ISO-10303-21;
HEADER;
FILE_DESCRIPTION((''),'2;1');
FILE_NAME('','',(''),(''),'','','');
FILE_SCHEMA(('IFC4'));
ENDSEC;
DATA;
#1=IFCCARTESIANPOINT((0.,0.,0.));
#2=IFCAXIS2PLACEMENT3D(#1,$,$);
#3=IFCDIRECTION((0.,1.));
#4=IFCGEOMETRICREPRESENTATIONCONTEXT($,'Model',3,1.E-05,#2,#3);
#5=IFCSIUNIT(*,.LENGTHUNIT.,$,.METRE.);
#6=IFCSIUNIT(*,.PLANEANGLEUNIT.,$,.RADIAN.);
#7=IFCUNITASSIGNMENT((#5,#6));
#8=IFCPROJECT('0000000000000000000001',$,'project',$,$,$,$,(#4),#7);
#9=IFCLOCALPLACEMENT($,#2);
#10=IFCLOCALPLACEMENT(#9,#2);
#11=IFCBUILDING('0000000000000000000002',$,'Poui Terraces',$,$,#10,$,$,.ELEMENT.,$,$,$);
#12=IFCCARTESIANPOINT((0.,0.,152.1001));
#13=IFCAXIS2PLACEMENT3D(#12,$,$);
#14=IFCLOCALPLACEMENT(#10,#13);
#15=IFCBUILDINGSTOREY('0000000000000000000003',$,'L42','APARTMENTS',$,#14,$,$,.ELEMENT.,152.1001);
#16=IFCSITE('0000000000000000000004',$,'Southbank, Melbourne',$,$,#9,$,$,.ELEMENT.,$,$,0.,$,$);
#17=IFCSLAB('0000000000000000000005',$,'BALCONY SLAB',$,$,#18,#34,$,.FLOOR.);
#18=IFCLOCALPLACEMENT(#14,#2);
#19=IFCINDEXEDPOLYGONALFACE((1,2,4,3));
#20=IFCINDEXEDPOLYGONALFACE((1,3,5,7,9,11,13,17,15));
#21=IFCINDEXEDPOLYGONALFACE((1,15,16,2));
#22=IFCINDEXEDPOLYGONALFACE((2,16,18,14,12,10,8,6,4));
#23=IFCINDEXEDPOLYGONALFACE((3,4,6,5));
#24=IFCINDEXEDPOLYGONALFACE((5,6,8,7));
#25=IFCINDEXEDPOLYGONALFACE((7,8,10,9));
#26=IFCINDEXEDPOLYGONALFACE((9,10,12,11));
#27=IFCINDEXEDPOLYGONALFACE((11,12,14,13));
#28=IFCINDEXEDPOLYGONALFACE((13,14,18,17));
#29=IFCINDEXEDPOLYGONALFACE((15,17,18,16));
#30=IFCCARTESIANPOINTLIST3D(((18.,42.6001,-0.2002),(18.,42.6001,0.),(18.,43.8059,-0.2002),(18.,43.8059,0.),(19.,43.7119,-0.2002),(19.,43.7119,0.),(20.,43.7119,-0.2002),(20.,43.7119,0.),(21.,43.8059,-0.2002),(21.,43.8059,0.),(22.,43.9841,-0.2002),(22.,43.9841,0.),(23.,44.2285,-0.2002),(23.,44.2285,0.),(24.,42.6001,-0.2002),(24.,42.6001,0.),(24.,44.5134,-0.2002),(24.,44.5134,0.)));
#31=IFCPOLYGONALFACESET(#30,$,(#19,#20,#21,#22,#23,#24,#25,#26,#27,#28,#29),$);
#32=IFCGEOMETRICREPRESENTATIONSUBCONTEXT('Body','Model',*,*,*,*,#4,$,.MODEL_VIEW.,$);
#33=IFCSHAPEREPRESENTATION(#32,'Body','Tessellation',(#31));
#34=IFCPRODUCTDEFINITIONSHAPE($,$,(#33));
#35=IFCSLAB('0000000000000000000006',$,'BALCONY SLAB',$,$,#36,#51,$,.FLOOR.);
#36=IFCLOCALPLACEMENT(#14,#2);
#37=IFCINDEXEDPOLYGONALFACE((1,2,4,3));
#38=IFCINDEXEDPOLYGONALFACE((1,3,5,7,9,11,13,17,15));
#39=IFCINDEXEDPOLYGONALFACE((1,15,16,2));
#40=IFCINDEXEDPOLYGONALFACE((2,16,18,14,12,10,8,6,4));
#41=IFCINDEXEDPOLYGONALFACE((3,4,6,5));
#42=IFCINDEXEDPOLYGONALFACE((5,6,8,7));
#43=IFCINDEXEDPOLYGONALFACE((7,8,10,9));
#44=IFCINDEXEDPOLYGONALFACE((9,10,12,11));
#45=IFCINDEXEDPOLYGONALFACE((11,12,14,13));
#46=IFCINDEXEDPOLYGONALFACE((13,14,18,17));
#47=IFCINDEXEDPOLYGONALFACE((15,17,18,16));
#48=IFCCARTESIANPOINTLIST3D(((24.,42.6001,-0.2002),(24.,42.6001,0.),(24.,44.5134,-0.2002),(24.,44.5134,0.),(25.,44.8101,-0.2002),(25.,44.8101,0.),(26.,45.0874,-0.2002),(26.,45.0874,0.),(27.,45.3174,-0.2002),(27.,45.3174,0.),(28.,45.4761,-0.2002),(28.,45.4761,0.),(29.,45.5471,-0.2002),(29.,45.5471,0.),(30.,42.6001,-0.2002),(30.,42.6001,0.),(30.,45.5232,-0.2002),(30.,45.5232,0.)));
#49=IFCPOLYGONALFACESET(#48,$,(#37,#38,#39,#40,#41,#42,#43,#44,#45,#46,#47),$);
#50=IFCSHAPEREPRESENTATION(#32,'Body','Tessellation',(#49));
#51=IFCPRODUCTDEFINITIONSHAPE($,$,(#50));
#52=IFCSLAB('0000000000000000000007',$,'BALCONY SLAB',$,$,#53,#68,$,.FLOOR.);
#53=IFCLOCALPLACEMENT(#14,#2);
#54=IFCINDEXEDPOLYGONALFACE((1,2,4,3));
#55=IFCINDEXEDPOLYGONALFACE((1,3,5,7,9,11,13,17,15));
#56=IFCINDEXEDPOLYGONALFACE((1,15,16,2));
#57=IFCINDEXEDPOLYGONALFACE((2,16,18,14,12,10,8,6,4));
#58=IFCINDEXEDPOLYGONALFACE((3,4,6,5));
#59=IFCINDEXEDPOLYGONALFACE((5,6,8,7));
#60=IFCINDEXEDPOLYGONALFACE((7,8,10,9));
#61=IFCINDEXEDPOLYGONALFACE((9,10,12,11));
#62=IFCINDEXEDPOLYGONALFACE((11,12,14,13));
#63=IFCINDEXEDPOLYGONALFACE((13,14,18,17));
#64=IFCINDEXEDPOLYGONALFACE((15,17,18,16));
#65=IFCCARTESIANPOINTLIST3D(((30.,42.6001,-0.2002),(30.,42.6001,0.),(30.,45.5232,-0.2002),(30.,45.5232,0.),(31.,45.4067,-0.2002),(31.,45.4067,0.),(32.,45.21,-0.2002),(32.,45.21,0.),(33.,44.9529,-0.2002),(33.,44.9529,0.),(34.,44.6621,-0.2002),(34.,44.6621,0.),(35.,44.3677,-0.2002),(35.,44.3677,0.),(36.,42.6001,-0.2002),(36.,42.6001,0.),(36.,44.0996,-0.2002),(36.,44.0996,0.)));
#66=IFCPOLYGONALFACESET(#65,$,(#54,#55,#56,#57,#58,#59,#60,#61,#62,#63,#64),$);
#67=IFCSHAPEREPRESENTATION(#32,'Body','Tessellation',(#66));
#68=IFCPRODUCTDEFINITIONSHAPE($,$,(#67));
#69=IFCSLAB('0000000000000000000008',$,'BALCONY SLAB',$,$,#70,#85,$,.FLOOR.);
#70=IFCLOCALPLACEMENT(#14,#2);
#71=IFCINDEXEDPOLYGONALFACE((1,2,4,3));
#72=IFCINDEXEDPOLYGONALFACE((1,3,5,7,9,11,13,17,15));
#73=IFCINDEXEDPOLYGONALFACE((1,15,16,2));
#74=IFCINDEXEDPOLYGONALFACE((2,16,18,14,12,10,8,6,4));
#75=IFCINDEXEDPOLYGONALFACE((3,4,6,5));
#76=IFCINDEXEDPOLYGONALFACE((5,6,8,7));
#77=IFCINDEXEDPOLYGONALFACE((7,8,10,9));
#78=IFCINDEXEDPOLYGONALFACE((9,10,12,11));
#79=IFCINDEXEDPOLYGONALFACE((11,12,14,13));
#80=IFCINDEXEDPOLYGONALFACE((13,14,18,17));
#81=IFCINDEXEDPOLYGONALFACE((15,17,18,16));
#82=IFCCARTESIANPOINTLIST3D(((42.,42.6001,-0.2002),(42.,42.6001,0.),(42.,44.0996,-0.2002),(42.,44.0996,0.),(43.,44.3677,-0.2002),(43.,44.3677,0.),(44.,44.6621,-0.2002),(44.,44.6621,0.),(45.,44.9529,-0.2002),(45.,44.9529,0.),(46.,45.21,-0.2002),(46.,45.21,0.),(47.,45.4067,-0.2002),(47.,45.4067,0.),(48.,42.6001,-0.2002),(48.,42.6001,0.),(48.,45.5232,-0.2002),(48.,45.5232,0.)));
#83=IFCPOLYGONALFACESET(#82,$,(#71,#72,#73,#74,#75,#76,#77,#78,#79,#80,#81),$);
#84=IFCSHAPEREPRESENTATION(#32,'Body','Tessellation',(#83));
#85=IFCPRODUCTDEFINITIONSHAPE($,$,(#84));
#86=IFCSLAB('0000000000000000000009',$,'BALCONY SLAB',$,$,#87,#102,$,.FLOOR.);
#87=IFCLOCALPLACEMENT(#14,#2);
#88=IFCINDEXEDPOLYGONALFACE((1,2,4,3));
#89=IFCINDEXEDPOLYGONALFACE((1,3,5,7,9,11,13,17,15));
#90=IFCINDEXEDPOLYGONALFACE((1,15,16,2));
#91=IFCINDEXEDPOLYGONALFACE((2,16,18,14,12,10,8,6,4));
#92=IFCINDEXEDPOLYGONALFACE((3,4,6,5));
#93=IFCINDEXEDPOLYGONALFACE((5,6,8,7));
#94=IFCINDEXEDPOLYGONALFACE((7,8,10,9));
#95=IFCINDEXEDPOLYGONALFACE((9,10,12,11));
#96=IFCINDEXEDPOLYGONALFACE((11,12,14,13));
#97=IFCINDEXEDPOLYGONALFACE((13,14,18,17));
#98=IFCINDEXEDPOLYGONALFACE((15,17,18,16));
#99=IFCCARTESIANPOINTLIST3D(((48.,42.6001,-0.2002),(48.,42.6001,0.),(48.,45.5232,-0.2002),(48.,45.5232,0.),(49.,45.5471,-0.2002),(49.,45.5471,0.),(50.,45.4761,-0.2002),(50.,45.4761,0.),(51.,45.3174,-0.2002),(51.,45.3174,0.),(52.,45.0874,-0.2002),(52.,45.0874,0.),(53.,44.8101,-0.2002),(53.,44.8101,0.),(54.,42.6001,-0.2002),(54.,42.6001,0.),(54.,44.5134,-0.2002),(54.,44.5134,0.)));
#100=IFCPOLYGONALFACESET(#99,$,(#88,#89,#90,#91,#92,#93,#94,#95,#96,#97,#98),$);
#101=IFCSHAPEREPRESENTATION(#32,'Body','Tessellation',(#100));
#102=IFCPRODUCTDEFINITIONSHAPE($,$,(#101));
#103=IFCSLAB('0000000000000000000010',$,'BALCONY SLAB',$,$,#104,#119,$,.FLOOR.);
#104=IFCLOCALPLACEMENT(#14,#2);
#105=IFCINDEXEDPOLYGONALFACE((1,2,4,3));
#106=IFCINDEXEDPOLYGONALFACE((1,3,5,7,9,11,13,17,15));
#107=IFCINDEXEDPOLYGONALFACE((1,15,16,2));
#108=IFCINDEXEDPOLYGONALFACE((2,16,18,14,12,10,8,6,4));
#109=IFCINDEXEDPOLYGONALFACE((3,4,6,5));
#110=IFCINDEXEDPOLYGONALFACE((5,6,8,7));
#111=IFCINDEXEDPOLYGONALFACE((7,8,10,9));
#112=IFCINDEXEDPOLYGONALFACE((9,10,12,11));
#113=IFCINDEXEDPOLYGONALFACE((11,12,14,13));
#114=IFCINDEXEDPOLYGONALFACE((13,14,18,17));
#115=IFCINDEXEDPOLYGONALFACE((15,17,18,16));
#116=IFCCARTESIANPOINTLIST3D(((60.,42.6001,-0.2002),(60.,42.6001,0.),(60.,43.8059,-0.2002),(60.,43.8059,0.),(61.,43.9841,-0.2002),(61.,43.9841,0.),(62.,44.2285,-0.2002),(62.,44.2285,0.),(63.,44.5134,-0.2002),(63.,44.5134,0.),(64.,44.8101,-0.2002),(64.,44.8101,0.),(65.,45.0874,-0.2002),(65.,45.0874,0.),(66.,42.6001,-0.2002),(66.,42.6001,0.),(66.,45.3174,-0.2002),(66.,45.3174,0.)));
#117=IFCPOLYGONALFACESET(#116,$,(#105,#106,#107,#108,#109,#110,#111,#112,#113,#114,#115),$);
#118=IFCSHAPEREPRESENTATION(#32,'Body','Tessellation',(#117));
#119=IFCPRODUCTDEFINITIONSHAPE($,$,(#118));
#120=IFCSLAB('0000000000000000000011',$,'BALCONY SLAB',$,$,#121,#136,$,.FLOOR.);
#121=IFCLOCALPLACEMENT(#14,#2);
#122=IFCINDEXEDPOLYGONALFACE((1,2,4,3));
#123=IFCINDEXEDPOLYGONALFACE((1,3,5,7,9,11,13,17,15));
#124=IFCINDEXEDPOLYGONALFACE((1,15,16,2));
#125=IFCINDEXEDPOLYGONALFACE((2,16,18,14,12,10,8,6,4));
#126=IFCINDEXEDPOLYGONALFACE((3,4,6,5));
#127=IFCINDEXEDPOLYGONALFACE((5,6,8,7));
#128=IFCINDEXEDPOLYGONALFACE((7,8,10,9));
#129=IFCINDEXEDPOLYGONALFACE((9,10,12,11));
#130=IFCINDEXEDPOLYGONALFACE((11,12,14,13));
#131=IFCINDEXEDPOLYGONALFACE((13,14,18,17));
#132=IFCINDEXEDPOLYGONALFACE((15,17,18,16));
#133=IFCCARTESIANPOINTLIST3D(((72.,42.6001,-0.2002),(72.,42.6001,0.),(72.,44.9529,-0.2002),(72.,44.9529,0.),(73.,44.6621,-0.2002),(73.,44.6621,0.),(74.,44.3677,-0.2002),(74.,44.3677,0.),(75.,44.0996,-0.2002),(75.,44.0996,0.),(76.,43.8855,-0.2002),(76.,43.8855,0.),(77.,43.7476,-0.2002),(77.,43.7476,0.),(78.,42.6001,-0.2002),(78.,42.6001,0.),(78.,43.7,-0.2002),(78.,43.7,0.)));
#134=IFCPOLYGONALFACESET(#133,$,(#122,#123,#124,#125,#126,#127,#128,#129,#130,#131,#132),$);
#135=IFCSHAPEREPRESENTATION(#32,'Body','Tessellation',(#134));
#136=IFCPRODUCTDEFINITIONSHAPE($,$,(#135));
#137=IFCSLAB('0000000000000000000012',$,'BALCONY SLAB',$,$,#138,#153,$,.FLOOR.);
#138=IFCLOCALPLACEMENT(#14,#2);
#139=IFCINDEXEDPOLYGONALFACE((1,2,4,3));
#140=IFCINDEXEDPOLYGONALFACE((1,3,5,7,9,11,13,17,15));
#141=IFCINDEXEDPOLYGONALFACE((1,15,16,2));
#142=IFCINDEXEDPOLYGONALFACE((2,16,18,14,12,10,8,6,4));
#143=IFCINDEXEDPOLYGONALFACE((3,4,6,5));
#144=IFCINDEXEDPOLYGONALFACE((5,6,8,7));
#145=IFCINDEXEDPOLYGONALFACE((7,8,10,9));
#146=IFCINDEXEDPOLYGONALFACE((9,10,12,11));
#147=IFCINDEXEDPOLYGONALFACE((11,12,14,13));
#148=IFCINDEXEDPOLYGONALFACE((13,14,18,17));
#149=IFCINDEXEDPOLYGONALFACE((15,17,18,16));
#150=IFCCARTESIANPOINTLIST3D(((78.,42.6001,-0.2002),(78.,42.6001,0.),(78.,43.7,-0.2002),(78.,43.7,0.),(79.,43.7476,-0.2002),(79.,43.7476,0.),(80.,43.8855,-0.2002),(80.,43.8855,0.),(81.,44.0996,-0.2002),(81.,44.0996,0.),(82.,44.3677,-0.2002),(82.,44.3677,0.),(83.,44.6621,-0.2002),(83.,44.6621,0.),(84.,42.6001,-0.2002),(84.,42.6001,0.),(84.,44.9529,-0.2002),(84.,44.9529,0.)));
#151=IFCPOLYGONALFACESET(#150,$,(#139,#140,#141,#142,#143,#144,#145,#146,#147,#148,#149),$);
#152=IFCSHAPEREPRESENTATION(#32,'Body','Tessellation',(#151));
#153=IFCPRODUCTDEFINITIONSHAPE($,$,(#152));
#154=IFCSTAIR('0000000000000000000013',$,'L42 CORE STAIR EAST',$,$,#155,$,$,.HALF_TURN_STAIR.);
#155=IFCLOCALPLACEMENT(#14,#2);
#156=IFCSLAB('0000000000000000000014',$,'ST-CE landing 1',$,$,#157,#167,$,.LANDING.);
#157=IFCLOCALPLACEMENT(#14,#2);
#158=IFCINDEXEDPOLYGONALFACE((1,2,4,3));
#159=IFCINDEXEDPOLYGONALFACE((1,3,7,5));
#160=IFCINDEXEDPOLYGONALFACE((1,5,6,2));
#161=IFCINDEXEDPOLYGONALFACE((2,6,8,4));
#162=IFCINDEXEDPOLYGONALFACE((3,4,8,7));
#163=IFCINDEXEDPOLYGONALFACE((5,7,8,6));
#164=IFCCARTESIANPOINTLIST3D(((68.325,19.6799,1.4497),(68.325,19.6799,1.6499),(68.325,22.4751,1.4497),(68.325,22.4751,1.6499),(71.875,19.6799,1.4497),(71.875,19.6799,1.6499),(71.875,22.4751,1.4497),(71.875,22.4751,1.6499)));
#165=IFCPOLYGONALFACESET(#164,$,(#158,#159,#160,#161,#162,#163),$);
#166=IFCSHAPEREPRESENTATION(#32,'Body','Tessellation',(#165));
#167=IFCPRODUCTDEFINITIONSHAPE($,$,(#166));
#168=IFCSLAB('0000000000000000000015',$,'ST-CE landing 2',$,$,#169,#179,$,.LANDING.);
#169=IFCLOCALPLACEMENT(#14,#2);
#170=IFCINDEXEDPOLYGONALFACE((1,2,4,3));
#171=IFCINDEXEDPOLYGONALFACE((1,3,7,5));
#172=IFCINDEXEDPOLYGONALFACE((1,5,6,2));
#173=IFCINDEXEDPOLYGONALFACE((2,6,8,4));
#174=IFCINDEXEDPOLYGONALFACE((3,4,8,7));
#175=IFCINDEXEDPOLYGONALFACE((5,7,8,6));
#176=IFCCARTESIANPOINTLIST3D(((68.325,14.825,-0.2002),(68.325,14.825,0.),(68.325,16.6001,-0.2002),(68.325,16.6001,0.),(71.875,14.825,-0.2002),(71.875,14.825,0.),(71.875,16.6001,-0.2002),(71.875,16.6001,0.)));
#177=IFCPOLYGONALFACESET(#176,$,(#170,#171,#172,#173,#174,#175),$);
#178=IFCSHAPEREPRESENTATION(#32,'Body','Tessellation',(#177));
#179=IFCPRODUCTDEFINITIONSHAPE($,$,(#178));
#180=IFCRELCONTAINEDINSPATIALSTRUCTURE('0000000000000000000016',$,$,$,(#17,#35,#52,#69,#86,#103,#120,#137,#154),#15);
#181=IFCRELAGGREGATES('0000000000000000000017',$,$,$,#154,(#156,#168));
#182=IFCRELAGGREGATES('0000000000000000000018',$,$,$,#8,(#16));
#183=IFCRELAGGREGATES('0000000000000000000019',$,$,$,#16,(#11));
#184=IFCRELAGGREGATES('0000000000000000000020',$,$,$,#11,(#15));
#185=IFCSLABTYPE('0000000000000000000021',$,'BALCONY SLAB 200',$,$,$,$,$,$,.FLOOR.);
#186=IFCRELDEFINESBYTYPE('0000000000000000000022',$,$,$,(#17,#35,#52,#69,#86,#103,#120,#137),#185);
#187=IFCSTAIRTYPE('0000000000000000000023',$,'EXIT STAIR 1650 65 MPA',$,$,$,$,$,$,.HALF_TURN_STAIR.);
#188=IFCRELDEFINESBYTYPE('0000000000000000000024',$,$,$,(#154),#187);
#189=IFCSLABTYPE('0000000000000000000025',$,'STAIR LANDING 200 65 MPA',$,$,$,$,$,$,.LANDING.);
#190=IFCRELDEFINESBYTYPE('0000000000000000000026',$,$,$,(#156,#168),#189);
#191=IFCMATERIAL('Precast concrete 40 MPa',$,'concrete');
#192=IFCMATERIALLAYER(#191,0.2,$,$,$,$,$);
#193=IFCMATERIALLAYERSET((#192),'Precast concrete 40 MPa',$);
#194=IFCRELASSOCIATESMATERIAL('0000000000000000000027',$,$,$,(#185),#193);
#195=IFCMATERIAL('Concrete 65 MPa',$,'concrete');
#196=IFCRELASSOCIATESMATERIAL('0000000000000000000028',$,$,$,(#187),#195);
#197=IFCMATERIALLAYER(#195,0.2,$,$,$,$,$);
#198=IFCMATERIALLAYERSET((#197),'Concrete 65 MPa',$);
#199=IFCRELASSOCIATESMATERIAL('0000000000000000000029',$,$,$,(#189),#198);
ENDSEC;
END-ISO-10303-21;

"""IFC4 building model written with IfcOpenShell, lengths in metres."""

from ifc_helpers import new_model, si_unit, direction, frame, origin, place, context, subcontext, project, spatial, polyline, outline, extrude, material, layer, layer_set, type_object, element, aggregate, save


model = new_model("IFC4")

# Units and contexts
model_context = context("Model", 3, precision=1e-05, world=origin(), true_north=direction((0.0, 1.0)))
body_context = subcontext(model_context, "Body", "Model", "MODEL_VIEW")
ifc_project = project(units=[si_unit("LENGTHUNIT", "METRE"), si_unit("PLANEANGLEUNIT", "RADIAN")], contexts=[model_context])

# Site, building, storey
site_placement = place(None, origin())
site = spatial("IfcSite", under=ifc_project, at=site_placement, Name="Southbank, Melbourne", CompositionType="ELEMENT", RefElevation=0.0)
building_placement = place(site_placement, origin())
building = spatial("IfcBuilding", under=site, at=building_placement, Name="Poui Terraces", CompositionType="ELEMENT")
storey_placement = place(building_placement, frame((0.0, 0.0, 152.1001)))
storey = spatial("IfcBuildingStorey", under=building, at=storey_placement, Name="L42", Description="APARTMENTS", CompositionType="ELEMENT", Elevation=152.1001)

# Slabs
ifc_material_1 = material(Name="Precast concrete 40 MPa", Category="concrete")
ifc_layer_1 = layer(ifc_material_1, 0.2)
ifc_layer_set_1 = layer_set([ifc_layer_1], Name="Precast concrete 40 MPa")
slab_type_1 = type_object("IfcSlabType", Name="BALCONY SLAB 200", PredefinedType="FLOOR", material=ifc_layer_set_1)
slab_1_placement = place(storey_placement, frame((0.0, 0.0, -0.2002)))
element("IfcSlab", 1, at=slab_1_placement, inside=storey, type_object=slab_type_1, Name="BALCONY SLAB", PredefinedType="FLOOR", context=body_context, shape_type="SweptSolid", body=[
    extrude(outline(polyline([(18.0, 42.6001), (24.0, 42.6001), (24.0, 44.5134), (23.0, 44.2285), (22.0, 43.9841), (21.0, 43.8059), (20.0, 43.7119), (19.0, 43.7119), (18.0, 43.8059), (18.0, 42.6001)])), origin(), (0.0, 0.0, 1.0), 0.2002),
])
slab_2_placement = place(storey_placement, frame((0.0, 0.0, -0.2002)))
element("IfcSlab", 2, at=slab_2_placement, inside=storey, type_object=slab_type_1, Name="BALCONY SLAB", PredefinedType="FLOOR", context=body_context, shape_type="SweptSolid", body=[
    extrude(outline(polyline([(24.0, 42.6001), (30.0, 42.6001), (30.0, 45.5232), (29.0, 45.5471), (28.0, 45.4761), (27.0, 45.3174), (26.0, 45.0874), (25.0, 44.8101), (24.0, 44.5134), (24.0, 42.6001)])), origin(), (0.0, 0.0, 1.0), 0.2002),
])
slab_3_placement = place(storey_placement, frame((0.0, 0.0, -0.2002)))
element("IfcSlab", 3, at=slab_3_placement, inside=storey, type_object=slab_type_1, Name="BALCONY SLAB", PredefinedType="FLOOR", context=body_context, shape_type="SweptSolid", body=[
    extrude(outline(polyline([(30.0, 42.6001), (36.0, 42.6001), (36.0, 44.0996), (35.0, 44.3677), (34.0, 44.6621), (33.0, 44.9529), (32.0, 45.21), (31.0, 45.4067), (30.0, 45.5232), (30.0, 42.6001)])), origin(), (0.0, 0.0, 1.0), 0.2002),
])
slab_4_placement = place(storey_placement, frame((0.0, 0.0, -0.2002)))
element("IfcSlab", 4, at=slab_4_placement, inside=storey, type_object=slab_type_1, Name="BALCONY SLAB", PredefinedType="FLOOR", context=body_context, shape_type="SweptSolid", body=[
    extrude(outline(polyline([(42.0, 42.6001), (48.0, 42.6001), (48.0, 45.5232), (47.0, 45.4067), (46.0, 45.21), (45.0, 44.9529), (44.0, 44.6621), (43.0, 44.3677), (42.0, 44.0996), (42.0, 42.6001)])), origin(), (0.0, 0.0, 1.0), 0.2002),
])
slab_5_placement = place(storey_placement, frame((0.0, 0.0, -0.2002)))
element("IfcSlab", 5, at=slab_5_placement, inside=storey, type_object=slab_type_1, Name="BALCONY SLAB", PredefinedType="FLOOR", context=body_context, shape_type="SweptSolid", body=[
    extrude(outline(polyline([(48.0, 42.6001), (54.0, 42.6001), (54.0, 44.5134), (53.0, 44.8101), (52.0, 45.0874), (51.0, 45.3174), (50.0, 45.4761), (49.0, 45.5471), (48.0, 45.5232), (48.0, 42.6001)])), origin(), (0.0, 0.0, 1.0), 0.2002),
])
slab_6_placement = place(storey_placement, frame((0.0, 0.0, -0.2002)))
element("IfcSlab", 6, at=slab_6_placement, inside=storey, type_object=slab_type_1, Name="BALCONY SLAB", PredefinedType="FLOOR", context=body_context, shape_type="SweptSolid", body=[
    extrude(outline(polyline([(60.0, 42.6001), (66.0, 42.6001), (66.0, 45.3174), (65.0, 45.0874), (64.0, 44.8101), (63.0, 44.5134), (62.0, 44.2285), (61.0, 43.9841), (60.0, 43.8059), (60.0, 42.6001)])), origin(), (0.0, 0.0, 1.0), 0.2002),
])
slab_7_placement = place(storey_placement, frame((0.0, 0.0, -0.2002)))
element("IfcSlab", 7, at=slab_7_placement, inside=storey, type_object=slab_type_1, Name="BALCONY SLAB", PredefinedType="FLOOR", context=body_context, shape_type="SweptSolid", body=[
    extrude(outline(polyline([(72.0, 42.6001), (78.0, 42.6001), (78.0, 43.7), (77.0, 43.7476), (76.0, 43.8855), (75.0, 44.0996), (74.0, 44.3677), (73.0, 44.6621), (72.0, 44.9529), (72.0, 42.6001)])), origin(), (0.0, 0.0, 1.0), 0.2002),
])
slab_8_placement = place(storey_placement, frame((0.0, 0.0, -0.2002)))
element("IfcSlab", 8, at=slab_8_placement, inside=storey, type_object=slab_type_1, Name="BALCONY SLAB", PredefinedType="FLOOR", context=body_context, shape_type="SweptSolid", body=[
    extrude(outline(polyline([(78.0, 42.6001), (84.0, 42.6001), (84.0, 44.9529), (83.0, 44.6621), (82.0, 44.3677), (81.0, 44.0996), (80.0, 43.8855), (79.0, 43.7476), (78.0, 43.7), (78.0, 42.6001)])), origin(), (0.0, 0.0, 1.0), 0.2002),
])

# Stair, slabs
ifc_material_2 = material(Name="Concrete 65 MPa", Category="concrete")
stair_type = type_object("IfcStairType", Name="EXIT STAIR 1650 65 MPA", PredefinedType="HALF_TURN_STAIR", material=ifc_material_2)
stair_placement = place(storey_placement, origin())
stair = element("IfcStair", 9, at=stair_placement, inside=storey, type_object=stair_type, Name="L42 CORE STAIR EAST", PredefinedType="HALF_TURN_STAIR")
ifc_layer_2 = layer(ifc_material_2, 0.2)
ifc_layer_set_2 = layer_set([ifc_layer_2], Name="Concrete 65 MPa")
slab_type_2 = type_object("IfcSlabType", Name="STAIR LANDING 200 65 MPA", PredefinedType="LANDING", material=ifc_layer_set_2)
slab_9_placement = place(storey_placement, frame((0.0, 0.0, 1.4497)))
slab_9 = element("IfcSlab", 10, at=slab_9_placement, type_object=slab_type_2, Name="ST-CE landing 1", PredefinedType="LANDING", context=body_context, shape_type="SweptSolid", body=[
    extrude(outline(polyline([(68.325, 19.6799), (71.875, 19.6799), (71.875, 22.4751), (68.325, 22.4751), (68.325, 19.6799)])), origin(), (0.0, 0.0, 1.0), 0.2002),
])
slab_10_placement = place(storey_placement, frame((0.0, 0.0, -0.2002)))
slab_10 = element("IfcSlab", 11, at=slab_10_placement, type_object=slab_type_2, Name="ST-CE landing 2", PredefinedType="LANDING", context=body_context, shape_type="SweptSolid", body=[
    extrude(outline(polyline([(68.325, 14.825), (71.875, 14.825), (71.875, 16.6001), (68.325, 16.6001), (68.325, 14.825)])), origin(), (0.0, 0.0, 1.0), 0.2002),
])
aggregate(stair, [slab_9, slab_10])

save(model, "model.ifc")
